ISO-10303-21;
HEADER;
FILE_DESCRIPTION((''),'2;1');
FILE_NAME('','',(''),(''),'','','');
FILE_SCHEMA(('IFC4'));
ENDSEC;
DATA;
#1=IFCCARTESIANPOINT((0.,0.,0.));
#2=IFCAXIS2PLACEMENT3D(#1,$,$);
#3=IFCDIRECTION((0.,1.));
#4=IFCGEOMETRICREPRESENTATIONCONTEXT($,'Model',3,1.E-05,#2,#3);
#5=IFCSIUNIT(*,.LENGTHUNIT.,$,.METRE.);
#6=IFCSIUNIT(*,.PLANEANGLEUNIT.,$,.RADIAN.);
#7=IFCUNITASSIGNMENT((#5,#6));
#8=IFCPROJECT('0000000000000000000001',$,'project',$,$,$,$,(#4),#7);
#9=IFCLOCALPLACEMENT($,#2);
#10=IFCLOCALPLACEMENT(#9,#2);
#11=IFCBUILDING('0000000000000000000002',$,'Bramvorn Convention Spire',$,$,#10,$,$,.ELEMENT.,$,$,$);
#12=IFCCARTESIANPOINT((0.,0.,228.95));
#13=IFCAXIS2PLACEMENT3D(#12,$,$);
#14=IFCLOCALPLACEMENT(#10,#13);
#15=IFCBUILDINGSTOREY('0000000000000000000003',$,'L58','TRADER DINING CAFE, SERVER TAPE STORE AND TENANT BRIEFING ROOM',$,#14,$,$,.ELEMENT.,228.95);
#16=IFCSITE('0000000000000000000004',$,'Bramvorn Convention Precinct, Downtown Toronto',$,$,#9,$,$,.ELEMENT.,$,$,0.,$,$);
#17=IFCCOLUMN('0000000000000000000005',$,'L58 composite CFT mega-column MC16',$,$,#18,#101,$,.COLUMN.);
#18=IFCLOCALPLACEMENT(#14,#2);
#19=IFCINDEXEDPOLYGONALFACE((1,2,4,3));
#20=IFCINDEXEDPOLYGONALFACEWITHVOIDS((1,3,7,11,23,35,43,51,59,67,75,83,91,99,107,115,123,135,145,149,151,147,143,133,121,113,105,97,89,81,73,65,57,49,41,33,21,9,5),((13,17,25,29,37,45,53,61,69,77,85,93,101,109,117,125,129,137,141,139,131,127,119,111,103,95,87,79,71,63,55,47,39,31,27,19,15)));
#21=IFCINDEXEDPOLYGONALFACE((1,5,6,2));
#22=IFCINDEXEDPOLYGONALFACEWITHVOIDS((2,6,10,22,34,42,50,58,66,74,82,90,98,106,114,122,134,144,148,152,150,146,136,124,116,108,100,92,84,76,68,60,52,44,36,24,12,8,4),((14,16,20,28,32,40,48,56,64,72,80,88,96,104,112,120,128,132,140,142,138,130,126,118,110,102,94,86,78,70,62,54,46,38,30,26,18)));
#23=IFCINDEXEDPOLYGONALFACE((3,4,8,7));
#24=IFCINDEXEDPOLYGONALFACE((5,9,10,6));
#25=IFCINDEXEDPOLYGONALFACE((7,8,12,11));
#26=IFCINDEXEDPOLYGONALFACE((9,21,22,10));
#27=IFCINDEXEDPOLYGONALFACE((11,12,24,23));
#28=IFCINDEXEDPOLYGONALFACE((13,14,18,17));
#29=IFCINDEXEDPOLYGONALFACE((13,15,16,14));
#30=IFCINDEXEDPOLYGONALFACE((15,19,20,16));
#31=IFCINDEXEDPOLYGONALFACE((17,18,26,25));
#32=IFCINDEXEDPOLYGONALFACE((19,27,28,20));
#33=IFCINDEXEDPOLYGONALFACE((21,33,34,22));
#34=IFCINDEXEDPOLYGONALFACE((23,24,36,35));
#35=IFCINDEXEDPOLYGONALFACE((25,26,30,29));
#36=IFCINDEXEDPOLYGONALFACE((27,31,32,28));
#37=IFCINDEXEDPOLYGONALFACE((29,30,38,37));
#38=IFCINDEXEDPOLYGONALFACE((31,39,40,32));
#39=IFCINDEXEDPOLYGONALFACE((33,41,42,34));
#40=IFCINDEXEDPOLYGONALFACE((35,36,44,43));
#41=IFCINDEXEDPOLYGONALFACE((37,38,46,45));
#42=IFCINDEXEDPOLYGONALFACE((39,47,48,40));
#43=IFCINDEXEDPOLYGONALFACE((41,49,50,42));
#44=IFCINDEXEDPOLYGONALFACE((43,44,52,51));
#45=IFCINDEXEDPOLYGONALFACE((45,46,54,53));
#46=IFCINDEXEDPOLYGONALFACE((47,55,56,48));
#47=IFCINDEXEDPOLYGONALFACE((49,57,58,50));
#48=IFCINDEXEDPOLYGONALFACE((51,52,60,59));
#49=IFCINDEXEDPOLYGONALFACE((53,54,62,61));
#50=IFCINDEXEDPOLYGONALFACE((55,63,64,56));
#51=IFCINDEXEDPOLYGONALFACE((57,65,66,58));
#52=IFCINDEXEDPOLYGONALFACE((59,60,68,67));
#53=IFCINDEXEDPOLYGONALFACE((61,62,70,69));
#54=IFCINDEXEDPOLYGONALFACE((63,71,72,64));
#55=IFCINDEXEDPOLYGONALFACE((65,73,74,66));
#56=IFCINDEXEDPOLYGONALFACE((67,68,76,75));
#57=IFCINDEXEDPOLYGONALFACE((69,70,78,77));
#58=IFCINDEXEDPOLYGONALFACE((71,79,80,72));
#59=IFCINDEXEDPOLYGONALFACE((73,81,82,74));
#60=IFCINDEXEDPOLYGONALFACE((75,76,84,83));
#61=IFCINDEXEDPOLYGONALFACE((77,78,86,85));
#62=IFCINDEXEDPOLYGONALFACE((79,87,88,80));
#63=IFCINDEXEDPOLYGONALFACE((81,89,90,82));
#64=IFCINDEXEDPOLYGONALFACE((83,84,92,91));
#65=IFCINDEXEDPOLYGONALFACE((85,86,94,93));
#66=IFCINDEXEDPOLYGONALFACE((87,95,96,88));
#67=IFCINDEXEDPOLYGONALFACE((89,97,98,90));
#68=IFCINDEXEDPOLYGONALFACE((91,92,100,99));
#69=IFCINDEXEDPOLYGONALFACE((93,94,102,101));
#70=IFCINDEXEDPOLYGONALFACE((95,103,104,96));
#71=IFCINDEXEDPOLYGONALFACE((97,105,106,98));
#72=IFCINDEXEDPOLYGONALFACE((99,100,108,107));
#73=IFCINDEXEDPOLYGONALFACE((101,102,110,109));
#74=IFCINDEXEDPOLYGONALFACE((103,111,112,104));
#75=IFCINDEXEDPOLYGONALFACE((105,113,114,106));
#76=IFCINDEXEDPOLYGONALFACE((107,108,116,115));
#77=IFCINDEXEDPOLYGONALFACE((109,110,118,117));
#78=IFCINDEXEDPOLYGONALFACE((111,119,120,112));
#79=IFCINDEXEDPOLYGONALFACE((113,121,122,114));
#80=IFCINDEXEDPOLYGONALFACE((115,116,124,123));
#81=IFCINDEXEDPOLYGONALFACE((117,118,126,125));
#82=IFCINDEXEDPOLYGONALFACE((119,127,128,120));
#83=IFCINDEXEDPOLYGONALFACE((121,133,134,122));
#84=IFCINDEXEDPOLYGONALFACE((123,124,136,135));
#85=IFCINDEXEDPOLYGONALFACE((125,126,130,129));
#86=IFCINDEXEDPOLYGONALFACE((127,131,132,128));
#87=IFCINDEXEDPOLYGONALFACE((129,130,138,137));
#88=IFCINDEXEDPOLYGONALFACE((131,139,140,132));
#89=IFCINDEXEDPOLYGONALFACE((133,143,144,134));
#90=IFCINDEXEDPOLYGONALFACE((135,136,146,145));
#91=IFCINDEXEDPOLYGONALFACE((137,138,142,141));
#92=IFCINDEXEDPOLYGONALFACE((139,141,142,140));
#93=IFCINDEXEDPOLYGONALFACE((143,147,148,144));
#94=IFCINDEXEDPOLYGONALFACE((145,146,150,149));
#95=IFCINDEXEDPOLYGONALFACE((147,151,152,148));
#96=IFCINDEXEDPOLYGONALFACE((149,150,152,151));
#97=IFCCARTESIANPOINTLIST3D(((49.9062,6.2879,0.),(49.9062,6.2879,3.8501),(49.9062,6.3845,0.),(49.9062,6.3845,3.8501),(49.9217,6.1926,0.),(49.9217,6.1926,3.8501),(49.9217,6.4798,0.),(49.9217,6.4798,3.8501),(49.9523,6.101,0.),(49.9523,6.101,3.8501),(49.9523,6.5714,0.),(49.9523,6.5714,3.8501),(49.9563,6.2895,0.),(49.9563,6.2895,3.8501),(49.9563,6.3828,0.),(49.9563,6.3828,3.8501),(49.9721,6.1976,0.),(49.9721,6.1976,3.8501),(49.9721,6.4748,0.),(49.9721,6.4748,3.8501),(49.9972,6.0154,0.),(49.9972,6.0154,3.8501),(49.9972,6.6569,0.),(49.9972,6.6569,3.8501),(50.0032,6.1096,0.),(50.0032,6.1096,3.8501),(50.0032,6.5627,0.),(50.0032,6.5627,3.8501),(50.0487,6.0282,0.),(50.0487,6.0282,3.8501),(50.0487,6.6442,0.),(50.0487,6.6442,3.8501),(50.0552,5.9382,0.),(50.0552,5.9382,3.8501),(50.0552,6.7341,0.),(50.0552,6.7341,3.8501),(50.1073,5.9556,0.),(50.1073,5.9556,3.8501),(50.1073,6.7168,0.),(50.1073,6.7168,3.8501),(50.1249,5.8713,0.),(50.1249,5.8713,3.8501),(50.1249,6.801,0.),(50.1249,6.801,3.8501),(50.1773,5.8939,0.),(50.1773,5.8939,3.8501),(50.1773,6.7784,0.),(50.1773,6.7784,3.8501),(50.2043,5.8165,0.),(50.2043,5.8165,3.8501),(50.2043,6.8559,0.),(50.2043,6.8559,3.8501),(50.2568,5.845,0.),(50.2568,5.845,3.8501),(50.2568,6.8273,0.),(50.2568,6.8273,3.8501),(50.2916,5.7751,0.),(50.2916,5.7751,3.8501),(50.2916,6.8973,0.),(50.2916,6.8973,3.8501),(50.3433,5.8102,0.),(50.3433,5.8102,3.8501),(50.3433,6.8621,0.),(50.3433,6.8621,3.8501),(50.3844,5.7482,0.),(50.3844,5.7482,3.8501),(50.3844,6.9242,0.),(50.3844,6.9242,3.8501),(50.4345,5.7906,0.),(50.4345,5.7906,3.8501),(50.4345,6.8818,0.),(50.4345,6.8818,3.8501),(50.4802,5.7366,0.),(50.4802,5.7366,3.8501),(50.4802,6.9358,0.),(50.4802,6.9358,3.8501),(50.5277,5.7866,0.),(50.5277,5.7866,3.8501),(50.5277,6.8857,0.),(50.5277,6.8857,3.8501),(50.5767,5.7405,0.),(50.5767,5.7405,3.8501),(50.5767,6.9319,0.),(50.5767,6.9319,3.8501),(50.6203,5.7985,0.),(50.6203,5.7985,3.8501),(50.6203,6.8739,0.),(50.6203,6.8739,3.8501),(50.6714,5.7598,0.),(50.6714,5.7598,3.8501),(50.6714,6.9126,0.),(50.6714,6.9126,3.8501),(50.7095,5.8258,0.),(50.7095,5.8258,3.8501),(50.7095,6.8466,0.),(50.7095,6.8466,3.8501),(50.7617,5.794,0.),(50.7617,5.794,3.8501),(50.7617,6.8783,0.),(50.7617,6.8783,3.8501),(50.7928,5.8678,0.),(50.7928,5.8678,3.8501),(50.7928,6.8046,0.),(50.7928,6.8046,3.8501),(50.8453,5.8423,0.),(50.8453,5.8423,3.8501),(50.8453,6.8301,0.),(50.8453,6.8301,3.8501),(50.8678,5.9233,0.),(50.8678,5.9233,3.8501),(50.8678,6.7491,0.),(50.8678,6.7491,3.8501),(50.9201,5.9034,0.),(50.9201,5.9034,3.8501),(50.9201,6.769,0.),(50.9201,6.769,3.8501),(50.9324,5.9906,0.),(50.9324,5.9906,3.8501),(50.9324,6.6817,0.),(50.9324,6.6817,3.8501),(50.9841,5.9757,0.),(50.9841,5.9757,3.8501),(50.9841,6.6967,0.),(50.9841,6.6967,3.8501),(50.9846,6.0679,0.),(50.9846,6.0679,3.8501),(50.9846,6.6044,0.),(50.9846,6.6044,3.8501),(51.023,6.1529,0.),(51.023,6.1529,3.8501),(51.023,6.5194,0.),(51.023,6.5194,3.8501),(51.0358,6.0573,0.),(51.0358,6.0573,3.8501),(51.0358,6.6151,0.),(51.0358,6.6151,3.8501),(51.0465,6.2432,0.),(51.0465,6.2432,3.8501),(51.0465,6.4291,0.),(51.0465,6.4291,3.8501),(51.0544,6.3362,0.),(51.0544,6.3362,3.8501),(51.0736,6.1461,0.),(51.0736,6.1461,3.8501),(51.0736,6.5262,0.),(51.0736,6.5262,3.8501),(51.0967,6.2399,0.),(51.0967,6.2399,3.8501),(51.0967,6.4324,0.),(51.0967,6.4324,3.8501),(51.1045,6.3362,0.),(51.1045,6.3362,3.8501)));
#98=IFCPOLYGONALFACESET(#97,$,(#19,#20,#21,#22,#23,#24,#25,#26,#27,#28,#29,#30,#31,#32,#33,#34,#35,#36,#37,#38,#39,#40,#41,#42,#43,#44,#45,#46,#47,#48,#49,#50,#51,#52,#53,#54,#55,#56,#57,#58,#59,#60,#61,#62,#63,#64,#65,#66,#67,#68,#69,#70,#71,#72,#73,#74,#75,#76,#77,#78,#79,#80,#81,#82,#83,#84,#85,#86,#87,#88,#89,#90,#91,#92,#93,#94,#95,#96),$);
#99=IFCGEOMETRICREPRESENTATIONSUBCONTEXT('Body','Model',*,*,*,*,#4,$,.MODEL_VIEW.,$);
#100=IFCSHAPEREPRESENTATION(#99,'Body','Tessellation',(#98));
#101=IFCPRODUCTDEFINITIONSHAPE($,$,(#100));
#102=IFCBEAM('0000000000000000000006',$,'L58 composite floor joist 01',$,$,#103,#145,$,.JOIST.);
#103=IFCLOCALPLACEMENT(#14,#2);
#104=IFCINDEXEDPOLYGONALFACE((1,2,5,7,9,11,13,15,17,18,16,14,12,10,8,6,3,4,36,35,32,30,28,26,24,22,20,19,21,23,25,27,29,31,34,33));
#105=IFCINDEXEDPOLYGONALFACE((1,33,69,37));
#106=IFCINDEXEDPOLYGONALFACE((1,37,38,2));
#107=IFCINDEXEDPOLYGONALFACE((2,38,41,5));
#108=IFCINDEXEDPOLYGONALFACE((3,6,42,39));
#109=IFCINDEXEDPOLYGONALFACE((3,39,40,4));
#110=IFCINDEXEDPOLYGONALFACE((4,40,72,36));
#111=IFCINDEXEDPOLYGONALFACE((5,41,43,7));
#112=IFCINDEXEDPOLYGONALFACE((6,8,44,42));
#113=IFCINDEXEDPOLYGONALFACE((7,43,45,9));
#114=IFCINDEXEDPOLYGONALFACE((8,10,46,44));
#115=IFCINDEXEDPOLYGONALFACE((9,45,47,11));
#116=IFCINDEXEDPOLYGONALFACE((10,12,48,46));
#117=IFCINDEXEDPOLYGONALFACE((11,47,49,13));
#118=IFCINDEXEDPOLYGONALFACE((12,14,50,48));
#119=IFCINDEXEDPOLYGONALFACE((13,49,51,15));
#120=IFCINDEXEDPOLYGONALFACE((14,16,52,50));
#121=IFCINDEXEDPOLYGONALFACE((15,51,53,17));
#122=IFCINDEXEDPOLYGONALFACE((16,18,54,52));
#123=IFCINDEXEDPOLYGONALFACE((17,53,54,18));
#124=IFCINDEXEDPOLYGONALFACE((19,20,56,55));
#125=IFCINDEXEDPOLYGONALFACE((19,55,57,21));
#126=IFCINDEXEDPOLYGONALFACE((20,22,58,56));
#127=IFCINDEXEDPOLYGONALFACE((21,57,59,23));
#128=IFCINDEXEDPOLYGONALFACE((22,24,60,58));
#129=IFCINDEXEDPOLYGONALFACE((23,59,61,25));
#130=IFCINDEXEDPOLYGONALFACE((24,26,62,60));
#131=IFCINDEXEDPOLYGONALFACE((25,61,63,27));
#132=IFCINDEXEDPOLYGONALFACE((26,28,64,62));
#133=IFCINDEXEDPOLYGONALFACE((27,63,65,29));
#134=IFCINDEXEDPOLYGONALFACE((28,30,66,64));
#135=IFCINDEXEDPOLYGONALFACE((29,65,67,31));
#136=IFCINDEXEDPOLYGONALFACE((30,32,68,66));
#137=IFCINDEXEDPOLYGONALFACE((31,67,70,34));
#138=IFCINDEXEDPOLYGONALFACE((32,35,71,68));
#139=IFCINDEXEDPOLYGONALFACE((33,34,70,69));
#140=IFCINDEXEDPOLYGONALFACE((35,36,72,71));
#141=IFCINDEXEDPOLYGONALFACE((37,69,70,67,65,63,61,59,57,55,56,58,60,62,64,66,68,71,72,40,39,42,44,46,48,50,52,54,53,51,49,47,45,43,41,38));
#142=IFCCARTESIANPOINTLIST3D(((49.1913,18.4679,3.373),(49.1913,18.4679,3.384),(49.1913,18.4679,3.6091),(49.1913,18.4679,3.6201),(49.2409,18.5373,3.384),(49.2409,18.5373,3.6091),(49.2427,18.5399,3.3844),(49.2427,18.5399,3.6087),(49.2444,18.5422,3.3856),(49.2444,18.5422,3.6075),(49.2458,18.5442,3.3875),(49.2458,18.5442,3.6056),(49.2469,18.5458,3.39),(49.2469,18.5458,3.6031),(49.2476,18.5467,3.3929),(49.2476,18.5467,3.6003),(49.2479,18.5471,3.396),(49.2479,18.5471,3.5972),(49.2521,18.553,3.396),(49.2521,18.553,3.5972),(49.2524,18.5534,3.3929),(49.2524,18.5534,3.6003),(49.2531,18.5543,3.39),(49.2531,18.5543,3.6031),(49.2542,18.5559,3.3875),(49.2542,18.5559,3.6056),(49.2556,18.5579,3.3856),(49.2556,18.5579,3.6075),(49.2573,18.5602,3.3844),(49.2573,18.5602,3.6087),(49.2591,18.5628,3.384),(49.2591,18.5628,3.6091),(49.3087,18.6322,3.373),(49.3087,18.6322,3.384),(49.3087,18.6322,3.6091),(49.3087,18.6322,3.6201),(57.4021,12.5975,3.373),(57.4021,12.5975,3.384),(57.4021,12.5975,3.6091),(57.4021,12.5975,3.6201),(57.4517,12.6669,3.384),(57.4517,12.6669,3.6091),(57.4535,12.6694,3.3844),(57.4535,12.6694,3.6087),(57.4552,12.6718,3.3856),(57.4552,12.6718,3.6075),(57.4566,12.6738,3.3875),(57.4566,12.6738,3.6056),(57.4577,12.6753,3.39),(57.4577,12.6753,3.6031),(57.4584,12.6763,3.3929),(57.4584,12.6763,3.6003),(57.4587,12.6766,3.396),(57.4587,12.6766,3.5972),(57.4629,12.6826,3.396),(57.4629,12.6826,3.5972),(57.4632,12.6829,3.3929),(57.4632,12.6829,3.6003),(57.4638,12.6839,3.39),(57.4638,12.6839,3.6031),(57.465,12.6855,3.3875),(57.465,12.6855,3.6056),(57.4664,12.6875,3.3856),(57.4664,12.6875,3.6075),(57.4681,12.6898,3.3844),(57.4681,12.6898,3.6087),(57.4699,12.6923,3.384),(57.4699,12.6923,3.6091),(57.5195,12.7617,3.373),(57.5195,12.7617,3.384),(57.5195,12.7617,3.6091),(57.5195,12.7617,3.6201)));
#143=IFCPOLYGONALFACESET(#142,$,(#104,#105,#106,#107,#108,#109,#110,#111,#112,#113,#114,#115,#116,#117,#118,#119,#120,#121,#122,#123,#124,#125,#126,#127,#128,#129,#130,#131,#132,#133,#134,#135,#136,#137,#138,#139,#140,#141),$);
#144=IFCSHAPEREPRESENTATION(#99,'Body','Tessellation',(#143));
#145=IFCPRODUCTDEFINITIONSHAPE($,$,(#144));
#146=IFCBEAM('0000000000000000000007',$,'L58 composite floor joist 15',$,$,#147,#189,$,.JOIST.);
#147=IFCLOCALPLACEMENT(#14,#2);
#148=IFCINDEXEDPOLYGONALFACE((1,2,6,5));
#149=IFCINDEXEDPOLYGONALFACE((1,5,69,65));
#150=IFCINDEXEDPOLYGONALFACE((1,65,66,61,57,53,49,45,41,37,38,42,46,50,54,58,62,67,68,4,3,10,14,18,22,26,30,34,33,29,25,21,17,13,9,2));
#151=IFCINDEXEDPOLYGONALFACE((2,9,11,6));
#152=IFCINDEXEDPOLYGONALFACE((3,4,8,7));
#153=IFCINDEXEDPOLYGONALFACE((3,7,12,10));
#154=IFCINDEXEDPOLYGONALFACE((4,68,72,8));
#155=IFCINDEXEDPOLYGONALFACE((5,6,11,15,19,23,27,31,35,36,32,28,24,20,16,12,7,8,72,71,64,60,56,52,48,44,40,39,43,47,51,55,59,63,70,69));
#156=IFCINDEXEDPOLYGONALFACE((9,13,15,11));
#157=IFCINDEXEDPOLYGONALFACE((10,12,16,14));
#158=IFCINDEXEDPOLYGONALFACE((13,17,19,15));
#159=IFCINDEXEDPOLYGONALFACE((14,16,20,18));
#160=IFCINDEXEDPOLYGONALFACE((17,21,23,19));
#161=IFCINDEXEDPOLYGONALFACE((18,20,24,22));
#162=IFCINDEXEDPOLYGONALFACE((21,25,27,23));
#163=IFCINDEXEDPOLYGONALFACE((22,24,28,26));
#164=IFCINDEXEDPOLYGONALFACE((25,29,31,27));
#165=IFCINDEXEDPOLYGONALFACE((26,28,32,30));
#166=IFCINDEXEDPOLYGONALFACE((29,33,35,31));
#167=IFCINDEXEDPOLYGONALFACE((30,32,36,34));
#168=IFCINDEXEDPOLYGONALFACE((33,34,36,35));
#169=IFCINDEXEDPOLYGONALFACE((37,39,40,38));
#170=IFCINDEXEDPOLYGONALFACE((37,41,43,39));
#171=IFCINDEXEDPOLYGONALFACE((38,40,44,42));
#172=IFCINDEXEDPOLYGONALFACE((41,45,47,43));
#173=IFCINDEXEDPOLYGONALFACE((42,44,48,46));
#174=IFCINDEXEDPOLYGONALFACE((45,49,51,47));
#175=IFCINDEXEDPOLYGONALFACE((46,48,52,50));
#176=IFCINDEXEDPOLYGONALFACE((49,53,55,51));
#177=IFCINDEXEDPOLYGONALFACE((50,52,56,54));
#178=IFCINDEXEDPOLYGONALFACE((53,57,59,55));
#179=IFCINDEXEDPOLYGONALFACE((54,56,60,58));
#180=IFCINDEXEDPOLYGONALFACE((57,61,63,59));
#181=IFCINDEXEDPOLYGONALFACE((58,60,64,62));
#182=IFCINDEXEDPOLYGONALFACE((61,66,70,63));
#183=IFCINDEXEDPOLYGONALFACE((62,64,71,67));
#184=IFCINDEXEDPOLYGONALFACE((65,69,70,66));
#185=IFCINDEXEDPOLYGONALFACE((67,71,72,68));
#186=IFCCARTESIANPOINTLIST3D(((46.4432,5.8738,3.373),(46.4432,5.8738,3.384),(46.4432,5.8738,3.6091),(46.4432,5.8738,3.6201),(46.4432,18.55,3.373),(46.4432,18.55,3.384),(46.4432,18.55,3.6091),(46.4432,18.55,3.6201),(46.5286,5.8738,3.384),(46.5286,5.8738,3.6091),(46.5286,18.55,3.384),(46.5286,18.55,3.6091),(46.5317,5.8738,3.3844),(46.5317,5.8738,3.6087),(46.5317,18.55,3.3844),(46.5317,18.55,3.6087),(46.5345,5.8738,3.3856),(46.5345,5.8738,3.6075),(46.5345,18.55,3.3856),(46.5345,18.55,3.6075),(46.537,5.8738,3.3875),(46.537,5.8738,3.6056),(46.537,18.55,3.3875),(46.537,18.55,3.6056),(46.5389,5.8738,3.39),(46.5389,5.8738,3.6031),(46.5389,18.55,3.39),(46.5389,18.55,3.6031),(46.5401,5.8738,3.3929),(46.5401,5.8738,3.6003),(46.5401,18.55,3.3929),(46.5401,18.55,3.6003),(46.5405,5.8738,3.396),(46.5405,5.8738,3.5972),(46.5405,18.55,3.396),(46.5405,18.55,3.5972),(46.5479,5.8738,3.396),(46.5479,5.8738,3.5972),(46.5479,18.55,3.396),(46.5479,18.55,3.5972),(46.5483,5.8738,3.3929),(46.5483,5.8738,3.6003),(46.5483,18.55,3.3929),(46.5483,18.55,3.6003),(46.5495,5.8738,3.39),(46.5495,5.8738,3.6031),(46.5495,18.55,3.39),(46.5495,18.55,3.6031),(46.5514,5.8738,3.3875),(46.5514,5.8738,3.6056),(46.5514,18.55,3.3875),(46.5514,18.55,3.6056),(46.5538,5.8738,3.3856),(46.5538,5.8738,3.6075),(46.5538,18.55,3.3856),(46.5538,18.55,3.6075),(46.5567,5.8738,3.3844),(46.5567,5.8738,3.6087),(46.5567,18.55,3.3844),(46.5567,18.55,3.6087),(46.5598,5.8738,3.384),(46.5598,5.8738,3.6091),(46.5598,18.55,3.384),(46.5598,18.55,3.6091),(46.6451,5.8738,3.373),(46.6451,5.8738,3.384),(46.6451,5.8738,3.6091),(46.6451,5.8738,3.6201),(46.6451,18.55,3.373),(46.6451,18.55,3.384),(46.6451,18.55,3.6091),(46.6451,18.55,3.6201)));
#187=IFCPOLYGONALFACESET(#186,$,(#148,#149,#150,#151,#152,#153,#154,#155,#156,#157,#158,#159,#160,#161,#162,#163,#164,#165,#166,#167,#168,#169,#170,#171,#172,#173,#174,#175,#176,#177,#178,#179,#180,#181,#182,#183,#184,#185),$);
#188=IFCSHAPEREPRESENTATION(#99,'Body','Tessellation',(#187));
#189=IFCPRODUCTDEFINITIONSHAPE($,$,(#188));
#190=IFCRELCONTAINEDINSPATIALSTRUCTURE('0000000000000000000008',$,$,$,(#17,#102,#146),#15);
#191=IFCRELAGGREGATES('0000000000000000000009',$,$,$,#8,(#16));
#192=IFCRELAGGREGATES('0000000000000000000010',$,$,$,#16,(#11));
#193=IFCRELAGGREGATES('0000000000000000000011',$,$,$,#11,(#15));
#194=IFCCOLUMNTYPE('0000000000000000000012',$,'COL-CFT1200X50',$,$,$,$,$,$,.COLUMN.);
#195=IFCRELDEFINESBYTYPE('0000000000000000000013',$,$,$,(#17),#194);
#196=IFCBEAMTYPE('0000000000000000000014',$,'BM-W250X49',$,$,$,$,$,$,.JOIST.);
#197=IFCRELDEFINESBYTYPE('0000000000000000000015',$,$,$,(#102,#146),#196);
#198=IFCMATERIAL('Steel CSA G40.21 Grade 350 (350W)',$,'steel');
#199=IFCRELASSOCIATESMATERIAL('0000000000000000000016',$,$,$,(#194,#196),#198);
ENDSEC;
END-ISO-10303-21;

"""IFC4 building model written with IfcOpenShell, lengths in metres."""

from ifc_helpers import new_model, si_unit, direction, frame, origin, origin_2d, place, context, subcontext, project, spatial, hollow_circle, i_section, extrude, material, material_profile, profile_set, type_object, element, save


model = new_model("IFC4")

# Units and contexts
model_context = context("Model", 3, precision=1e-05, world=origin(), true_north=direction((0.0, 1.0)))
body_context = subcontext(model_context, "Body", "Model", "MODEL_VIEW")
ifc_project = project(units=[si_unit("LENGTHUNIT", "METRE"), si_unit("PLANEANGLEUNIT", "RADIAN")], contexts=[model_context])

# Site, building, storey
site_placement = place(None, origin())
site = spatial("IfcSite", under=ifc_project, at=site_placement, Name="Bramvorn Convention Precinct, Downtown Toronto", CompositionType="ELEMENT", RefElevation=0.0)
building_placement = place(site_placement, origin())
building = spatial("IfcBuilding", under=site, at=building_placement, Name="Bramvorn Convention Spire", CompositionType="ELEMENT")
storey_placement = place(building_placement, frame((0.0, 0.0, 228.95)))
storey = spatial("IfcBuildingStorey", under=building, at=storey_placement, Name="L58", Description="TRADER DINING CAFE, SERVER TAPE STORE AND TENANT BRIEFING ROOM", CompositionType="ELEMENT", Elevation=228.95)

# Column
ifc_material_1 = material(Name="Steel CSA G40.21 Grade 350 (350W)", Category="steel")
ifc_material_profile_1 = material_profile(ifc_material_1, hollow_circle(Radius=0.6001, WallThickness=0.05, at=origin_2d()))
ifc_profile_set_1 = profile_set([ifc_material_profile_1], Name="Steel CSA G40.21 Grade 350 (350W) - CFT1200X50")
column_type = type_object("IfcColumnType", Name="COL-CFT1200X50", PredefinedType="COLUMN", material=ifc_profile_set_1)
for number, where, z_axis, x_axis, name in (
    (1, (50.5044, 6.3362, 0.0), (0.0, 0.0, 1.0), (1.0, 0.0, 0.0), "L58 composite CFT mega-column MC16"),
):
    element("IfcColumn", number, at=place(storey_placement, frame(where, z_axis=z_axis, x_axis=x_axis)), inside=storey, type_object=column_type, Name=name, PredefinedType="COLUMN", context=body_context, shape_type="SweptSolid", body=[
        extrude(hollow_circle(Radius=0.6001, WallThickness=0.05, at=origin_2d()), origin(), (0.0, 0.0, 1.0), 3.8501),
    ])

# Beams
ifc_material_profile_2 = material_profile(ifc_material_1, i_section(OverallWidth=0.2019, OverallDepth=0.2471, WebThickness=0.0073, FlangeThickness=0.011, FilletRadius=0.012, at=origin_2d()))
ifc_profile_set_2 = profile_set([ifc_material_profile_2], Name="Steel CSA G40.21 Grade 350 (350W) - W250X49")
beam_type_1 = type_object("IfcBeamType", Name="BM-W250X49", PredefinedType="JOIST", material=ifc_profile_set_2)
beam_1_placement = place(storey_placement, frame((49.25, 18.55, 3.4966), z_axis=(0.813472, -0.581604, 0.0), x_axis=(0.581604, 0.813472, 0.0)))
element("IfcBeam", 2, at=beam_1_placement, inside=storey, type_object=beam_type_1, Name="L58 composite floor joist 01", PredefinedType="JOIST", context=body_context, shape_type="SweptSolid", body=[
    extrude(i_section(OverallWidth=0.2019, OverallDepth=0.2471, WebThickness=0.0073, FlangeThickness=0.011, FilletRadius=0.012, at=origin_2d()), origin(), (0.0, 0.0, 1.0), 10.0935),
])
beam_2_placement = place(storey_placement, frame((46.5442, 18.55, 3.4966), z_axis=(0.0, -1.0, 0.0), x_axis=(1.0, 0.0, 0.0)))
element("IfcBeam", 3, at=beam_2_placement, inside=storey, type_object=beam_type_1, Name="L58 composite floor joist 15", PredefinedType="JOIST", context=body_context, shape_type="SweptSolid", body=[
    extrude(i_section(OverallWidth=0.2019, OverallDepth=0.2471, WebThickness=0.0073, FlangeThickness=0.011, FilletRadius=0.012, at=origin_2d()), origin(), (0.0, 0.0, 1.0), 12.6763),
])

save(model, "model.ifc")
